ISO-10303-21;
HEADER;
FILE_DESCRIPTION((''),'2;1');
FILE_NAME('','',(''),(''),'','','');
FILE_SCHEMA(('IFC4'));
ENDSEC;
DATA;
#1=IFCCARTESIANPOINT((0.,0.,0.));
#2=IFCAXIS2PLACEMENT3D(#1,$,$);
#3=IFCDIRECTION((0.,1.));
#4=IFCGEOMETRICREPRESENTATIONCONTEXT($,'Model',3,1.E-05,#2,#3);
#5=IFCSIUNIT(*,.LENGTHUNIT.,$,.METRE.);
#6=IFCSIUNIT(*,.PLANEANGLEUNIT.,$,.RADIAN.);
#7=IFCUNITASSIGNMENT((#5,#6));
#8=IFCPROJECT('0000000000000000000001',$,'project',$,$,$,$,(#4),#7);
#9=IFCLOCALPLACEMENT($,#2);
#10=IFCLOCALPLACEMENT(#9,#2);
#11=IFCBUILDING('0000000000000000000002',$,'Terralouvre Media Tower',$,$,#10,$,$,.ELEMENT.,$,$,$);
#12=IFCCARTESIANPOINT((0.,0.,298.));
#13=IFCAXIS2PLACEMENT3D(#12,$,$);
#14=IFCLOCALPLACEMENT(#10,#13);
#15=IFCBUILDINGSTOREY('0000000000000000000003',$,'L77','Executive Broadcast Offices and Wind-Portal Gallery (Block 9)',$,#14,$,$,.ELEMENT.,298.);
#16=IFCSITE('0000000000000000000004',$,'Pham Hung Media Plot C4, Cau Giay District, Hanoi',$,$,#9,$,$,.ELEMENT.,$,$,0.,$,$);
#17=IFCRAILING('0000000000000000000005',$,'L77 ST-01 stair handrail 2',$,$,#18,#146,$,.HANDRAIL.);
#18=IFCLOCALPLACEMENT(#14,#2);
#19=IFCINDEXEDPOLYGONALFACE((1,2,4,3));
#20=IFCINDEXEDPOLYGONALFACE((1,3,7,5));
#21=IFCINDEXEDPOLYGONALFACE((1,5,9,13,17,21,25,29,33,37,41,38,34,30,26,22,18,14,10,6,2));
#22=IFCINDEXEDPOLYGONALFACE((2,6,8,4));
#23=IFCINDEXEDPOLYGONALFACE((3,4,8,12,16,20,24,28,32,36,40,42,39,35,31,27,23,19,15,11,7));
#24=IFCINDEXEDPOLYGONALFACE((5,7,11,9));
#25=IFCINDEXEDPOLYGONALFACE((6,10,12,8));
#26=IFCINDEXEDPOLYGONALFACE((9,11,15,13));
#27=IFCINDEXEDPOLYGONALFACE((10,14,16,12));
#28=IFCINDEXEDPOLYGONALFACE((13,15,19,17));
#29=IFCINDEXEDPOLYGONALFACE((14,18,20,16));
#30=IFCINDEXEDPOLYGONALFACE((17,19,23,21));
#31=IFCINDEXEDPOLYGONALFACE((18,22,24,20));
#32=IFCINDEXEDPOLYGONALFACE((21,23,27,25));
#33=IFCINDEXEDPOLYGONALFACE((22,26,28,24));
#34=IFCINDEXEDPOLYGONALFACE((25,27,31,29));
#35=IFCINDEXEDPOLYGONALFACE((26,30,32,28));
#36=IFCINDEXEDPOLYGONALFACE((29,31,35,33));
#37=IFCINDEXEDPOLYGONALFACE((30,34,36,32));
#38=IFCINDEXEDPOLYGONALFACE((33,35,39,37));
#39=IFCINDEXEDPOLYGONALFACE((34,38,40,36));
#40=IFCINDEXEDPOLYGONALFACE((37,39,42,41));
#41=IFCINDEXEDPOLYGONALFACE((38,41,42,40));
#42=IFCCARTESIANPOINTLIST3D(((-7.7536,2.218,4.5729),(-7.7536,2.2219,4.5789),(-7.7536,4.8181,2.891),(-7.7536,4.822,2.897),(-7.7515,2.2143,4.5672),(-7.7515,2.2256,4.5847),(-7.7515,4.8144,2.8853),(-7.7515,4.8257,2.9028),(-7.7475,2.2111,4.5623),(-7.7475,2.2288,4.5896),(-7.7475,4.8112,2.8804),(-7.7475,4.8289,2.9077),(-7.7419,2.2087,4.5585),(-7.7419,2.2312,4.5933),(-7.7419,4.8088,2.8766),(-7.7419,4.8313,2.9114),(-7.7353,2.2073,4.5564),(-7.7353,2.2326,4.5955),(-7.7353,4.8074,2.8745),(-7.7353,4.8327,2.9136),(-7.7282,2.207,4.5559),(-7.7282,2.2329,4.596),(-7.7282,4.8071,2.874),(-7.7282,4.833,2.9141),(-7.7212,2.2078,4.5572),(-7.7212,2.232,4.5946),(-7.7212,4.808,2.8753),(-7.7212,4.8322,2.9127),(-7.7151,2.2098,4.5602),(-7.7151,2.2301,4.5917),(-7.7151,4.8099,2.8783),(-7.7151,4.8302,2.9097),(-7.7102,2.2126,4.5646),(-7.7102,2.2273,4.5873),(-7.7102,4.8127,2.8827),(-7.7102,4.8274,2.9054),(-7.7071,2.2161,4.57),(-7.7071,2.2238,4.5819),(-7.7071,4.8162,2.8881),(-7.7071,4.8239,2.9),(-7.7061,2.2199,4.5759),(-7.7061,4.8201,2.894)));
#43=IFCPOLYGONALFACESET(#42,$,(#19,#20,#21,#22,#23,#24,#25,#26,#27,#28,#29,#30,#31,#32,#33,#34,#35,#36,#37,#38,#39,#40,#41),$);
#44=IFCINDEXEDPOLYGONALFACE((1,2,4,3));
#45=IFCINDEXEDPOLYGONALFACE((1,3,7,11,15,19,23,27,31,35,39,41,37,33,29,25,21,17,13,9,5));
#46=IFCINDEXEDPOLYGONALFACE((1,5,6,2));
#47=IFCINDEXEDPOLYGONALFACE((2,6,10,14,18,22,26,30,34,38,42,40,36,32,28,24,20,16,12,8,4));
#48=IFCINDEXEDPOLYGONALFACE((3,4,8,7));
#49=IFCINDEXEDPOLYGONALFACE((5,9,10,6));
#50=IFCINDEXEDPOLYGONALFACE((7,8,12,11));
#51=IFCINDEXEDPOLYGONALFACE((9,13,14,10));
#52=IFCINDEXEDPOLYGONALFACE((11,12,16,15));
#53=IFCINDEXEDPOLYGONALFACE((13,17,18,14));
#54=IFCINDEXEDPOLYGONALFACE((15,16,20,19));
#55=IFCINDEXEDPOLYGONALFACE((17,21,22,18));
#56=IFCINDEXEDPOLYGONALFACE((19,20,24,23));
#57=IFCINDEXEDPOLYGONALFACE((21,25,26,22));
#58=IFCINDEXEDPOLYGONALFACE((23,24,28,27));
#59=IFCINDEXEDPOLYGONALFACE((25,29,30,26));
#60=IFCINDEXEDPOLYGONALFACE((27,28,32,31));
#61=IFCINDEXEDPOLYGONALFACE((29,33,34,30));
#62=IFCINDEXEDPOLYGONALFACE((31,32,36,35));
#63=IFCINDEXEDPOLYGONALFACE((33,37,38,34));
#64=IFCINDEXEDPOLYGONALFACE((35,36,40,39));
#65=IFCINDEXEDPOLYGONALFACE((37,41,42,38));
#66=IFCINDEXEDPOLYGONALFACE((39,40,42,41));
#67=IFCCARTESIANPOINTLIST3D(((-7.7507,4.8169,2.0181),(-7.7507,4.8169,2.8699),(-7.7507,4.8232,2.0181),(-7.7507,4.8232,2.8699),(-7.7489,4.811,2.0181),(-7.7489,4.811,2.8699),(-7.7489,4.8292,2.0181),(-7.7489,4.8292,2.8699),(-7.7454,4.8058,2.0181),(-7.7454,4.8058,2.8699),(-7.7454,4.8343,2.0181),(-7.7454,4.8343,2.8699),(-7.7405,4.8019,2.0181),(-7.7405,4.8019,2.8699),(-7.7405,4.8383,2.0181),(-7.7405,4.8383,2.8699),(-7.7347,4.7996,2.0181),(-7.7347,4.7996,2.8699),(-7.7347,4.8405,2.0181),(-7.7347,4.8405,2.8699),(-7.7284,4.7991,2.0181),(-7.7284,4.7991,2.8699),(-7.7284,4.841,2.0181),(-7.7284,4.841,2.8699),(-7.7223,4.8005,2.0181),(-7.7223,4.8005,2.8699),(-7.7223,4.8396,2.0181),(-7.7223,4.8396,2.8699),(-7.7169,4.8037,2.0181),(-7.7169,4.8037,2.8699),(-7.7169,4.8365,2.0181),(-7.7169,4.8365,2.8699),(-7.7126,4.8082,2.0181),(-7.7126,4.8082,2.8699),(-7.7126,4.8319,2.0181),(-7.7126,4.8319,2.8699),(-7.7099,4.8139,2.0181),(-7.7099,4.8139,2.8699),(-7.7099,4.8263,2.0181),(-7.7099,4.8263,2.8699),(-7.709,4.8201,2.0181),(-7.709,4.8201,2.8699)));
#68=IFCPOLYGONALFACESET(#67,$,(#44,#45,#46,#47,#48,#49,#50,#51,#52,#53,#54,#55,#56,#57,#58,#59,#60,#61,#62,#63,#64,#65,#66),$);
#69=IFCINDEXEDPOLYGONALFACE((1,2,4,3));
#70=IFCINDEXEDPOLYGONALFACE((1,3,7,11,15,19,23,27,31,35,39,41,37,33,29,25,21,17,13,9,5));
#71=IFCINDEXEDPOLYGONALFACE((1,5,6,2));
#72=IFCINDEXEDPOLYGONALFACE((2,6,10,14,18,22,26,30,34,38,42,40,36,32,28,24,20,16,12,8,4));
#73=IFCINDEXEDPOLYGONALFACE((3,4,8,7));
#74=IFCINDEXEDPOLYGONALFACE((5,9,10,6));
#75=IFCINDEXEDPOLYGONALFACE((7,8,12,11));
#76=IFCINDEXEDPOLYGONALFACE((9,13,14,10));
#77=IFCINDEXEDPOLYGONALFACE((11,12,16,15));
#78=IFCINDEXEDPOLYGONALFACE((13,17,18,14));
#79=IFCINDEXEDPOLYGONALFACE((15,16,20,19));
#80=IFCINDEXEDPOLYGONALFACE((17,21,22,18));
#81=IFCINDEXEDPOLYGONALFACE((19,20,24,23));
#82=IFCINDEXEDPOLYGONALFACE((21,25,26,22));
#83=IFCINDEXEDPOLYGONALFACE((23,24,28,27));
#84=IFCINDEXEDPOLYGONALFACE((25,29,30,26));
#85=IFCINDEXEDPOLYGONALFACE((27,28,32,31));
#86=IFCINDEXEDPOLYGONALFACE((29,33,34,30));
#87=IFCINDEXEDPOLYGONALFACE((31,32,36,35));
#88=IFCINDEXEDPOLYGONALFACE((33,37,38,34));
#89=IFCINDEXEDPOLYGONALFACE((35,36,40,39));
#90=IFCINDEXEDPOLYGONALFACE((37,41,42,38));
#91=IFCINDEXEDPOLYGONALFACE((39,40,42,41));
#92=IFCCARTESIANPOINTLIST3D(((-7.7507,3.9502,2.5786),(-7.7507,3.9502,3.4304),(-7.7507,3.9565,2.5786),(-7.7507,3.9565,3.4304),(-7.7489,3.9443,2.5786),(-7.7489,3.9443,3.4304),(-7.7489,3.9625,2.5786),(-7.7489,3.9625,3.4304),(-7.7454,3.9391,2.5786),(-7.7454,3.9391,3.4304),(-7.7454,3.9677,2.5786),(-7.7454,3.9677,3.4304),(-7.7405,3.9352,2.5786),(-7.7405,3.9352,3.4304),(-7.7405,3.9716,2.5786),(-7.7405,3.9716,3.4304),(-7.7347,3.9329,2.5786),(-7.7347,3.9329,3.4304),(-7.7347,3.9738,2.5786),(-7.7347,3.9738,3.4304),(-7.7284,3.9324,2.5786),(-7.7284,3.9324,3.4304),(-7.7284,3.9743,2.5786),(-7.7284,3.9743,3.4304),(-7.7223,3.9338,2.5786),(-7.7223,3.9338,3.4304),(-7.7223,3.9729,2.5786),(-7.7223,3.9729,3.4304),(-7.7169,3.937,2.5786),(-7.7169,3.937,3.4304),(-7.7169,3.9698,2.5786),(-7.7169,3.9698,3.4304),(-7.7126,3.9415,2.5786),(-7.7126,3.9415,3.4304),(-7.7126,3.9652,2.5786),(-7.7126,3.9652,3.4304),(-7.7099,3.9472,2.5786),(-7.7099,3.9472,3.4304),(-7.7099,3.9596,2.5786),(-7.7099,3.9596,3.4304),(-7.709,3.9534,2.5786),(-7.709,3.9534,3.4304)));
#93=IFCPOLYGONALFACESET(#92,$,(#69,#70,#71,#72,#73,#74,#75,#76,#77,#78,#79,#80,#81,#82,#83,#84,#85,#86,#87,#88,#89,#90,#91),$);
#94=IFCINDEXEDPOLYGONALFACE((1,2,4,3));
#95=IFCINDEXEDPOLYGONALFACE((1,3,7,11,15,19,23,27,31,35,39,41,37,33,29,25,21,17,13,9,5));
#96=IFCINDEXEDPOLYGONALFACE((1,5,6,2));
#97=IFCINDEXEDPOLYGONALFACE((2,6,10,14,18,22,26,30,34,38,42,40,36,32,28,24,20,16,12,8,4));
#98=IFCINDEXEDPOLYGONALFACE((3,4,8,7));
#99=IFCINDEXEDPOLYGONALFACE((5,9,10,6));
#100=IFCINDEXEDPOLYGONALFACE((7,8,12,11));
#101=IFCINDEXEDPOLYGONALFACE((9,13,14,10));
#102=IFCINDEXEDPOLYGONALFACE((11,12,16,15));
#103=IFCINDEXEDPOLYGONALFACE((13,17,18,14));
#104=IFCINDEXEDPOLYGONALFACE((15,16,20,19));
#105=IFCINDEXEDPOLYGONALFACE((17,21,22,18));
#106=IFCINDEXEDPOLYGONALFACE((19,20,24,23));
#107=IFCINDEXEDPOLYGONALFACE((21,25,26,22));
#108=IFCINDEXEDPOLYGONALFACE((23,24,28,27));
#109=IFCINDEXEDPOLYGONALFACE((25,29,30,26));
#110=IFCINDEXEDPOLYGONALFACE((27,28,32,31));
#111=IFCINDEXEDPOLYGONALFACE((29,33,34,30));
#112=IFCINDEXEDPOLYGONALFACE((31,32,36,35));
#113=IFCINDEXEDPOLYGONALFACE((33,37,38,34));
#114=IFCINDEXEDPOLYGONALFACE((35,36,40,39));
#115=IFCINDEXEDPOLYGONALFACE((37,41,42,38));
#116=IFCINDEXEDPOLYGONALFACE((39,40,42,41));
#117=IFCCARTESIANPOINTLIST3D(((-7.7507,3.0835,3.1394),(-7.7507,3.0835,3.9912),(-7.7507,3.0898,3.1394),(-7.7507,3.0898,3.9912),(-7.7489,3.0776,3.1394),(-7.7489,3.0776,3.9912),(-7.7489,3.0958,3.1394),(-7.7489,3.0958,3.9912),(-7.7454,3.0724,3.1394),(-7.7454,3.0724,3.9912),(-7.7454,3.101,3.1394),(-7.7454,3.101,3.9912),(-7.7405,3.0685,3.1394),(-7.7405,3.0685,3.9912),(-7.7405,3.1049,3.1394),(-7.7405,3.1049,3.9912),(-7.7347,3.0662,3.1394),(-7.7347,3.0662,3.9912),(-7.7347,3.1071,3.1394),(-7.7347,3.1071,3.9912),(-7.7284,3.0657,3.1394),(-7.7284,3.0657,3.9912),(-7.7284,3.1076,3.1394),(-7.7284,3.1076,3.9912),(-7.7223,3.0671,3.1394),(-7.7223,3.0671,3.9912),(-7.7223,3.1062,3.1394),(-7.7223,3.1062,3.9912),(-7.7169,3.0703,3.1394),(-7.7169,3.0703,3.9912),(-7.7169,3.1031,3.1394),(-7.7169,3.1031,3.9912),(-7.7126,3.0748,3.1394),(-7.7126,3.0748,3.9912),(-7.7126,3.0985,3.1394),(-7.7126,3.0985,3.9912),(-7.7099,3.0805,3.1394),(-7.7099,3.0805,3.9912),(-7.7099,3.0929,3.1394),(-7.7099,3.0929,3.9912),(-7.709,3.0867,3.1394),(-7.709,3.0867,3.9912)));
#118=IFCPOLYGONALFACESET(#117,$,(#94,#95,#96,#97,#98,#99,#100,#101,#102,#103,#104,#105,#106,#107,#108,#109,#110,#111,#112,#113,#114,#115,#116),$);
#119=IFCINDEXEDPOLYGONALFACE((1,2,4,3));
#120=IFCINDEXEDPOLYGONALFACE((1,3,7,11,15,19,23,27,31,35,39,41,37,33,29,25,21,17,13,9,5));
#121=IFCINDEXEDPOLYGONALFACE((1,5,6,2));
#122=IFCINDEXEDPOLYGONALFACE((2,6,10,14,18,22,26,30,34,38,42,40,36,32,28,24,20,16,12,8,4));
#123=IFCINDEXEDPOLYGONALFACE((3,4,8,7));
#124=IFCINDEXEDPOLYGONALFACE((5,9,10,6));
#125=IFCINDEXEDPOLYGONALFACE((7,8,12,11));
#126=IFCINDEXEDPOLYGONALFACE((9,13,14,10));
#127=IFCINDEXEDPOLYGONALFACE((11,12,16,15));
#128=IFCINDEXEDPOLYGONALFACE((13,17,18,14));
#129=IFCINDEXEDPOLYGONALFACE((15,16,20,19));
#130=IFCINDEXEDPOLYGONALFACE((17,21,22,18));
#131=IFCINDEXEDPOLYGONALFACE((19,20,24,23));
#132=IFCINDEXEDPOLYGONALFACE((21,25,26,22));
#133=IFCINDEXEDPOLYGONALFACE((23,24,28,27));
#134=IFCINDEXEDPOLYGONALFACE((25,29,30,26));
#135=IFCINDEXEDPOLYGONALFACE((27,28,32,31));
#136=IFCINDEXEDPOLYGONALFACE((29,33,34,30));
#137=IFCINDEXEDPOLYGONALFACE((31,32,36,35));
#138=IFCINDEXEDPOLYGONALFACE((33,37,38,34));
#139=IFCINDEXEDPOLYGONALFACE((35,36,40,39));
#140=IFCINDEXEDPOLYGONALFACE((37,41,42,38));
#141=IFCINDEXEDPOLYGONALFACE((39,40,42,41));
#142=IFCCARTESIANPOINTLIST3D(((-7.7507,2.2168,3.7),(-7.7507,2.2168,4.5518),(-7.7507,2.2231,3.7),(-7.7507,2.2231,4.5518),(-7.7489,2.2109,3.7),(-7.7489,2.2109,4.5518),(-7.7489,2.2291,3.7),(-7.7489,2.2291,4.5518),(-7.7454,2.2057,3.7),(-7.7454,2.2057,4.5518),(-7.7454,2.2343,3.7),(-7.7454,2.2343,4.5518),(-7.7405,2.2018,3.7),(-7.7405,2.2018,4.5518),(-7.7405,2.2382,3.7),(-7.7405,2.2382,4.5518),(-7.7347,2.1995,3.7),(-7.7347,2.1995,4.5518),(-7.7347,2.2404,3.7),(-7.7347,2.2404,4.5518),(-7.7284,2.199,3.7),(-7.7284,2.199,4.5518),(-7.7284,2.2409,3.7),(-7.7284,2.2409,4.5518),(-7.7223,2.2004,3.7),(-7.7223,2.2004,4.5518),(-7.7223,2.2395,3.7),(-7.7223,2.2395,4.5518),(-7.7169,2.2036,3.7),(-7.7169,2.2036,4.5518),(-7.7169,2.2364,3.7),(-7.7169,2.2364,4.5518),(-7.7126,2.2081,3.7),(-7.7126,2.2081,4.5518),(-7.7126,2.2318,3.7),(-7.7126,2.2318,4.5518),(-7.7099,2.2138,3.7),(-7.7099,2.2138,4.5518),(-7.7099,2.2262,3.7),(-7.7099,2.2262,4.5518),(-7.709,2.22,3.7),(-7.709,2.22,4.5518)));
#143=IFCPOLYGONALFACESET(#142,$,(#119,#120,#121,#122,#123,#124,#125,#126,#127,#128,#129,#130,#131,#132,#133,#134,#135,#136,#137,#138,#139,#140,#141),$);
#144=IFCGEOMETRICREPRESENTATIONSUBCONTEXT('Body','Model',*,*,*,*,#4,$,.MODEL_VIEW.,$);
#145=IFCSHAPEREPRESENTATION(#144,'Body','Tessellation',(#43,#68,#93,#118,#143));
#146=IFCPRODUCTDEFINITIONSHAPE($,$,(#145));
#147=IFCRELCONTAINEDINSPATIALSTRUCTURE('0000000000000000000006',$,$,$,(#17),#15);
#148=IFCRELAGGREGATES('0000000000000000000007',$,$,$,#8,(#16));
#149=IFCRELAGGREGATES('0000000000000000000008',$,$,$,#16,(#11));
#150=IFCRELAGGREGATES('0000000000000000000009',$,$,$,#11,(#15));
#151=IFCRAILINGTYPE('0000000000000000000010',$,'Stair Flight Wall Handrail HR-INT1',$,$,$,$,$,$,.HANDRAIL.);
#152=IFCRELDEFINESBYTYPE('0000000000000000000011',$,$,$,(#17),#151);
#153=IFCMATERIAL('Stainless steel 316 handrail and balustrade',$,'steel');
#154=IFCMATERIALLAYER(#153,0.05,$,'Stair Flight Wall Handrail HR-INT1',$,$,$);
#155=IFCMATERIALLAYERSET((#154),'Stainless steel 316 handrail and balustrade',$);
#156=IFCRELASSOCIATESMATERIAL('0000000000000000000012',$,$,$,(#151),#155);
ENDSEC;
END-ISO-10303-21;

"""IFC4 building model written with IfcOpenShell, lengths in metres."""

from ifc_helpers import new_model, si_unit, direction, frame, origin, origin_2d, place, context, subcontext, project, spatial, circle, extrude, material, layer, layer_set, type_object, element, save


model = new_model("IFC4")

# Units and contexts
model_context = context("Model", 3, precision=1e-05, world=origin(), true_north=direction((0.0, 1.0)))
body_context = subcontext(model_context, "Body", "Model", "MODEL_VIEW")
ifc_project = project(units=[si_unit("LENGTHUNIT", "METRE"), si_unit("PLANEANGLEUNIT", "RADIAN")], contexts=[model_context])

# Site, building, storey
site_placement = place(None, origin())
site = spatial("IfcSite", under=ifc_project, at=site_placement, Name="Pham Hung Media Plot C4, Cau Giay District, Hanoi", CompositionType="ELEMENT", RefElevation=0.0)
building_placement = place(site_placement, origin())
building = spatial("IfcBuilding", under=site, at=building_placement, Name="Terralouvre Media Tower", CompositionType="ELEMENT")
storey_placement = place(building_placement, frame((0.0, 0.0, 298.0)))
storey = spatial("IfcBuildingStorey", under=building, at=storey_placement, Name="L77", Description="Executive Broadcast Offices and Wind-Portal Gallery (Block 9)", CompositionType="ELEMENT", Elevation=298.0)

# Railing
ifc_material_1 = material(Name="Stainless steel 316 handrail and balustrade", Category="steel")
ifc_layer_1 = layer(ifc_material_1, 0.05, Name="Stair Flight Wall Handrail HR-INT1")
ifc_layer_set_1 = layer_set([ifc_layer_1], Name="Stainless steel 316 handrail and balustrade")
railing_type_1 = type_object("IfcRailingType", Name="Stair Flight Wall Handrail HR-INT1", PredefinedType="HANDRAIL", material=ifc_layer_set_1)
railing_1_placement = place(storey_placement, frame((-7.73, 4.8201, 2.0181)))
element("IfcRailing", 1, at=railing_1_placement, inside=storey, type_object=railing_type_1, Name="L77 ST-01 stair handrail 2", PredefinedType="HANDRAIL", context=body_context, shape_type="SweptSolid", body=[
    extrude(circle(Radius=0.0239, at=origin_2d()), frame((0.0, 0.0, 0.876), z_axis=(0.0, -0.839648, 0.54313), x_axis=(1.0, 0.0, 0.0)), (0.0, 0.0, 1.0), 3.0967),
    extrude(circle(Radius=0.021, at=origin_2d()), origin(), (0.0, 0.0, 1.0), 0.8518),
    extrude(circle(Radius=0.021, at=origin_2d()), frame((0.0, -0.8667, 0.5605)), (0.0, 0.0, 1.0), 0.8518),
    extrude(circle(Radius=0.021, at=origin_2d()), frame((0.0, -1.7334, 1.1213)), (0.0, 0.0, 1.0), 0.8518),
    extrude(circle(Radius=0.021, at=origin_2d()), frame((0.0, -2.6001, 1.6819)), (0.0, 0.0, 1.0), 0.8518),
])

save(model, "model.ifc")
